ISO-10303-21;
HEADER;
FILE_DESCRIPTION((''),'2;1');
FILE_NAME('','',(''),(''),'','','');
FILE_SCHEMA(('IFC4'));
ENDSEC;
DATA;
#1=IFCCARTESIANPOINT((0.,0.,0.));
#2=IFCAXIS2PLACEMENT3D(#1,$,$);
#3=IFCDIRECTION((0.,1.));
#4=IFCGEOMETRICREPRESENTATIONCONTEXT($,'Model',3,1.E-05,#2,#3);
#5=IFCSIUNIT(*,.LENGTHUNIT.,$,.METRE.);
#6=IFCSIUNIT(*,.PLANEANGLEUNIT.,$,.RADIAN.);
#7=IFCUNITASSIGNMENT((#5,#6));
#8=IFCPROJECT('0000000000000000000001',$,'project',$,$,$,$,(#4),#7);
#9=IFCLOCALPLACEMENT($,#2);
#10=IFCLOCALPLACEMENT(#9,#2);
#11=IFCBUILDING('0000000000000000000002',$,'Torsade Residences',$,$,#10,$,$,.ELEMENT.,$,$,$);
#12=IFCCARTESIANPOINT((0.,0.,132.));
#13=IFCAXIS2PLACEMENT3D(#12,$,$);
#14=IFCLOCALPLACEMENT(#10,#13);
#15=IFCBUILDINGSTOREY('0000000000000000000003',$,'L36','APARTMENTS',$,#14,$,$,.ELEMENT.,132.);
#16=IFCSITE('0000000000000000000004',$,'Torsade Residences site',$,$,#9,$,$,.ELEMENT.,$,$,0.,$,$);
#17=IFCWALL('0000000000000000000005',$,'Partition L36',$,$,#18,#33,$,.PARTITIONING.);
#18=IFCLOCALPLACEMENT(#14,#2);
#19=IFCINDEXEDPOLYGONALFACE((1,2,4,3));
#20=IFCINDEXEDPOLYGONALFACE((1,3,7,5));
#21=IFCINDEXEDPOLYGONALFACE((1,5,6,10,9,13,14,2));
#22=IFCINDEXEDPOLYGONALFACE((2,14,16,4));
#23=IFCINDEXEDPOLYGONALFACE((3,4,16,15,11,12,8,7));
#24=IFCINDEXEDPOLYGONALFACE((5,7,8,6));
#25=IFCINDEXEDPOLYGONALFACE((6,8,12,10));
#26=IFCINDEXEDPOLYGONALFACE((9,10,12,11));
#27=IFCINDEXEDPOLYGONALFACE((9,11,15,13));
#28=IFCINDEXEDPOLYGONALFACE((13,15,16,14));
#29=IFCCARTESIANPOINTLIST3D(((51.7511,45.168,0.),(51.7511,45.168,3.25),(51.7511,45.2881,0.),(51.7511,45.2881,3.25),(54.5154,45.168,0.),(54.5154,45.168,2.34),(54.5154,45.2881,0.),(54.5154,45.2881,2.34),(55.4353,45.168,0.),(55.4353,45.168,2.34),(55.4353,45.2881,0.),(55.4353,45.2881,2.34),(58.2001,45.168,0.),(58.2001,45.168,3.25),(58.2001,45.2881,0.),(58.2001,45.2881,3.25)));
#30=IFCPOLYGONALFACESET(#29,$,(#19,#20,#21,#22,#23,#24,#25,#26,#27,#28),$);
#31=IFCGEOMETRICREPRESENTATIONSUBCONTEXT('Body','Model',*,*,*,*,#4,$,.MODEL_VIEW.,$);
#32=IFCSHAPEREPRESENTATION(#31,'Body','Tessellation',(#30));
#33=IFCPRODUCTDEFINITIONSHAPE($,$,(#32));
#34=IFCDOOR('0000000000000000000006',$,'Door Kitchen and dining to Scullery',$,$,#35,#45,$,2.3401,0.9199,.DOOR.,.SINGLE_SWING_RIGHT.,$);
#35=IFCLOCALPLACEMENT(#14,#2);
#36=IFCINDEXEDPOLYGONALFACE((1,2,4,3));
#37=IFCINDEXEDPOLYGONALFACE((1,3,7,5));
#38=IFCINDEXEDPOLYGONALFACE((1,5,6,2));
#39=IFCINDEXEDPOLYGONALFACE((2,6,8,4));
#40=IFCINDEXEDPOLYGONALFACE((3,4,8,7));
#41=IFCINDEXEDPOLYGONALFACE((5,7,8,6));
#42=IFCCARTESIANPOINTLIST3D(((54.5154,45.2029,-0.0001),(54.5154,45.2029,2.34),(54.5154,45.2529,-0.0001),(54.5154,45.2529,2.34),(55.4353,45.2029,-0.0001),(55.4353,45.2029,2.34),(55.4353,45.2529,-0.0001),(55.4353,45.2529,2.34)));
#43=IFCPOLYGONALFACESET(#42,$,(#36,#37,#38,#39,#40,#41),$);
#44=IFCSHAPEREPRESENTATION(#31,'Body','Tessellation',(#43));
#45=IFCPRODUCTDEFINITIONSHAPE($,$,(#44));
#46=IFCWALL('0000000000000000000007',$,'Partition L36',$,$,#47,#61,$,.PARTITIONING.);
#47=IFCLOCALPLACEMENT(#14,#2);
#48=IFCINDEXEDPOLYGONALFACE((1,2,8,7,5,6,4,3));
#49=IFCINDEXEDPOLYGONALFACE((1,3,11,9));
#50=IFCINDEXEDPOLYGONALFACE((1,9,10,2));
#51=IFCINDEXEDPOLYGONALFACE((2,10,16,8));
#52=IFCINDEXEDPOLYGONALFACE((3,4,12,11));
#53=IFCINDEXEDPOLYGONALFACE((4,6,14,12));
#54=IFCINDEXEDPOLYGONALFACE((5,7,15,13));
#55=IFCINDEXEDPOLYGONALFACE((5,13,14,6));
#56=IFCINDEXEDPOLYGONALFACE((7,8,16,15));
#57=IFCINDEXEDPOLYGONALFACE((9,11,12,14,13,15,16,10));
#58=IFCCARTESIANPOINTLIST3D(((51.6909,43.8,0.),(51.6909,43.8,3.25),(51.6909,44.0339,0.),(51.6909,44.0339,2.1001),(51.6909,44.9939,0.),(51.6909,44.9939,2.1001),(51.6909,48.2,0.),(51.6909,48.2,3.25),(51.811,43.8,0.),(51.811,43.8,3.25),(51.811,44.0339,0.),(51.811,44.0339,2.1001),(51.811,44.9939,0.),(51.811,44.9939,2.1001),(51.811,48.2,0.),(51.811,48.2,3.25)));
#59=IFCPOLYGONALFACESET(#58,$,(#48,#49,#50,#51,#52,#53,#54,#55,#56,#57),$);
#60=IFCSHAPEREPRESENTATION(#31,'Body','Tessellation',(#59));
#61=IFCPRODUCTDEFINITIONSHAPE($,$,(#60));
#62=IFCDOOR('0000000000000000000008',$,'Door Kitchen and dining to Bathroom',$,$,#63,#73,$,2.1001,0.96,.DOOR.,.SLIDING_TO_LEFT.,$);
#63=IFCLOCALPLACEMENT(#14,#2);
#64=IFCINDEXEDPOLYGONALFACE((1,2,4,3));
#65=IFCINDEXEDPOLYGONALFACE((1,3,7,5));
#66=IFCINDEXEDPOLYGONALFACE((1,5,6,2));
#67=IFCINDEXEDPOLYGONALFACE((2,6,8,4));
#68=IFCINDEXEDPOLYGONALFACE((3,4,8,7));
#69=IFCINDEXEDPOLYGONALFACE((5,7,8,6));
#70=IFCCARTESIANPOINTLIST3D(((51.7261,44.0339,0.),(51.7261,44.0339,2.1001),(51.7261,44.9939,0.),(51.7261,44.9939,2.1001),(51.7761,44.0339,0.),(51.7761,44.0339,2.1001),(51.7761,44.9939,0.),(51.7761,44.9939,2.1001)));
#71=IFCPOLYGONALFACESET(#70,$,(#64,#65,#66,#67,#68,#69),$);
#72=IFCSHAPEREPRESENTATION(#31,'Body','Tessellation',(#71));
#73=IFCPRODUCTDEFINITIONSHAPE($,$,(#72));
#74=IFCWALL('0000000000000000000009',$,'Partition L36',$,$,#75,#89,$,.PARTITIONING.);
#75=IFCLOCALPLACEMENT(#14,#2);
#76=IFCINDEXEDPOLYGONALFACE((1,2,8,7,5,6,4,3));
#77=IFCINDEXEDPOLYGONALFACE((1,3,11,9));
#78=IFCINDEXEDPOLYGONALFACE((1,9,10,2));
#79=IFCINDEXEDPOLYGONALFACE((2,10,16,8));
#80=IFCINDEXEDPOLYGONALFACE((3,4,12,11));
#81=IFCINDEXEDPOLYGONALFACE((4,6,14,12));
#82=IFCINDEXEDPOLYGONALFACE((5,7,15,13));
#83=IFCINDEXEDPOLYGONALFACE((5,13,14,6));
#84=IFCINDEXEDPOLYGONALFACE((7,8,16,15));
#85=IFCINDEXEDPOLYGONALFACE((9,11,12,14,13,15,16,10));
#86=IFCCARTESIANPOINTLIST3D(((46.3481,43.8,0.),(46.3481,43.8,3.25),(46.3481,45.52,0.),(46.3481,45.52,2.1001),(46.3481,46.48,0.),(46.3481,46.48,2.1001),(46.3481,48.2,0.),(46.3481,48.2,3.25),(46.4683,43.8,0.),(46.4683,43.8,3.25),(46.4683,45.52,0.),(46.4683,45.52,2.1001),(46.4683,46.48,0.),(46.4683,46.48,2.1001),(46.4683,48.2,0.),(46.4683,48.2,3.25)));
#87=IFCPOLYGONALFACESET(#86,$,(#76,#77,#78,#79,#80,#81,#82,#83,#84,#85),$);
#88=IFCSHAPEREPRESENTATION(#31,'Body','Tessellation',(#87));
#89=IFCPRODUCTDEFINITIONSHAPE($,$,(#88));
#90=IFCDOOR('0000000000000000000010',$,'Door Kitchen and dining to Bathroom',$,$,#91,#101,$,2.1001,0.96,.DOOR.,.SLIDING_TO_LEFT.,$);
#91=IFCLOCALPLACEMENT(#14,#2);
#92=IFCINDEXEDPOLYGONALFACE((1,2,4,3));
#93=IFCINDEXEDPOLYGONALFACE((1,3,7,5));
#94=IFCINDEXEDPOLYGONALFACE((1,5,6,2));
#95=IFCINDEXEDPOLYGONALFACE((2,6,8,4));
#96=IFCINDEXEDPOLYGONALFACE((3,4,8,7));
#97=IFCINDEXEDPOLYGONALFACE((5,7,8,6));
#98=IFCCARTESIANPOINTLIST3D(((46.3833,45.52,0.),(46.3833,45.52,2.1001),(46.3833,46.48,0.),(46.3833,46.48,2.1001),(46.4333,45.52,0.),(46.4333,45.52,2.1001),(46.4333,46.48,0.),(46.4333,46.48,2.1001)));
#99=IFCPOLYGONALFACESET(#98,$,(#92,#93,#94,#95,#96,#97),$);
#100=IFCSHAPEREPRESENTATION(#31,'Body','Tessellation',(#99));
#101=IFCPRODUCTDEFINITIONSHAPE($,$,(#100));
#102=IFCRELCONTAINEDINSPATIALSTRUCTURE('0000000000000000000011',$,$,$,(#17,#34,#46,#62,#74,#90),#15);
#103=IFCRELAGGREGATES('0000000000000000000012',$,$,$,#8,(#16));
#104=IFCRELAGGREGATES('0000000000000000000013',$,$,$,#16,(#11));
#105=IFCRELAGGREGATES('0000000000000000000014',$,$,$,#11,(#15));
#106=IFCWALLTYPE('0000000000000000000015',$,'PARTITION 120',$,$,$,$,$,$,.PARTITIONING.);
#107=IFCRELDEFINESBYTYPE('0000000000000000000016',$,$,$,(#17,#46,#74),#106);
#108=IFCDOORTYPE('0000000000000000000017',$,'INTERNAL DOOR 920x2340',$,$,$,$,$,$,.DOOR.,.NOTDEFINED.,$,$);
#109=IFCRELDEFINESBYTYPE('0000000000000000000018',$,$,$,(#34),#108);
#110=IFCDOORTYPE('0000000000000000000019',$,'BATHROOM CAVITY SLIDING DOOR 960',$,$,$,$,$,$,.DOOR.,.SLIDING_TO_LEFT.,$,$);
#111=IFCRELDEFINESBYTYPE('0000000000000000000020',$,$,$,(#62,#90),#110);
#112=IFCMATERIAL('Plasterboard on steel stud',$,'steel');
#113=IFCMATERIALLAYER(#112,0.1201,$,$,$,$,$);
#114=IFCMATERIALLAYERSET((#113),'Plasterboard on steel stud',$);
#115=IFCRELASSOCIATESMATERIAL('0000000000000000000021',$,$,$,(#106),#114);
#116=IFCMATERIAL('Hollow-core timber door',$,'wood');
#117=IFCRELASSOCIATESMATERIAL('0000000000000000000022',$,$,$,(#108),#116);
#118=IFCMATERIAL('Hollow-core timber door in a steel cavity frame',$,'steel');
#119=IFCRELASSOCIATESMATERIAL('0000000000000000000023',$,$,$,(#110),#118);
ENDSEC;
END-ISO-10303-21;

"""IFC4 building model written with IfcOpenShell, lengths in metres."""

from ifc_helpers import new_model, si_unit, direction, frame, frame_2d, origin, place, context, subcontext, project, spatial, rectangle, extrude, material, layer, layer_set, type_object, element, fill, save


model = new_model("IFC4")

# Units and contexts
model_context = context("Model", 3, precision=1e-05, world=origin(), true_north=direction((0.0, 1.0)))
body_context = subcontext(model_context, "Body", "Model", "MODEL_VIEW")
ifc_project = project(units=[si_unit("LENGTHUNIT", "METRE"), si_unit("PLANEANGLEUNIT", "RADIAN")], contexts=[model_context])

# Site, building, storey
site_placement = place(None, origin())
site = spatial("IfcSite", under=ifc_project, at=site_placement, Name="Torsade Residences site", CompositionType="ELEMENT", RefElevation=0.0)
building_placement = place(site_placement, origin())
building = spatial("IfcBuilding", under=site, at=building_placement, Name="Torsade Residences", CompositionType="ELEMENT")
storey_placement = place(building_placement, frame((0.0, 0.0, 132.0)))
storey = spatial("IfcBuildingStorey", under=building, at=storey_placement, Name="L36", Description="APARTMENTS", CompositionType="ELEMENT", Elevation=132.0)

# Walls, openings, doors
ifc_material_1 = material(Name="Plasterboard on steel stud", Category="steel")
ifc_layer_1 = layer(ifc_material_1, 0.1201)
ifc_layer_set_1 = layer_set([ifc_layer_1], Name="Plasterboard on steel stud")
wall_type_1 = type_object("IfcWallType", Name="PARTITION 120", PredefinedType="PARTITIONING", material=ifc_layer_set_1)
wall_1_placement = place(storey_placement, frame((51.751, 45.228, 0.0), z_axis=(0.0, 0.0, 1.0), x_axis=(1.0, 0.0, 0.0)))
wall_1 = element("IfcWall", 1, at=wall_1_placement, inside=storey, type_object=wall_type_1, Name="Partition L36", PredefinedType="PARTITIONING", context=body_context, shape_type="SweptSolid", body=[
    extrude(rectangle(XDim=6.449, YDim=0.1201, at=frame_2d((3.2246, 0.0))), origin(), (0.0, 0.0, 1.0), 3.25),
])
opening_1_placement = place(wall_1_placement, frame((2.7644, 0.0, 0.0)))
opening_1 = element("IfcOpeningElement", 2, at=opening_1_placement, cuts=wall_1, PredefinedType="OPENING", context=body_context, shape_type="SweptSolid", body=[
    extrude(rectangle(XDim=0.9199, YDim=2.3401, at=frame_2d((0.46, 1.1699))), frame((0.0, 0.0701, 0.0), z_axis=(0.0, -1.0, 0.0), x_axis=(1.0, 0.0, 0.0)), (0.0, 0.0, 1.0), 0.1401),
])
ifc_material_2 = material(Name="Hollow-core timber door", Category="wood")
door_type_1 = type_object("IfcDoorType", Name="INTERNAL DOOR 920x2340", OperationType="NOTDEFINED", PredefinedType="DOOR", material=ifc_material_2)
door_1_placement = place(opening_1_placement, origin())
door_1 = element("IfcDoor", 3, at=door_1_placement, inside=storey, type_object=door_type_1, Name="Door Kitchen and dining to Scullery", OperationType="SINGLE_SWING_RIGHT", OverallHeight=2.3401, OverallWidth=0.9199, PredefinedType="DOOR", context=body_context, shape_type="SweptSolid", body=[
    extrude(rectangle(XDim=0.9199, YDim=2.3401, at=frame_2d((0.46, 1.1699))), frame((0.0, 0.0249, 0.0), z_axis=(0.0, -1.0, 0.0), x_axis=(1.0, 0.0, 0.0)), (0.0, 0.0, 1.0), 0.05),
])
fill(opening_1, door_1)
wall_2_placement = place(storey_placement, frame((51.751, 43.8, 0.0), z_axis=(0.0, 0.0, 1.0), x_axis=(0.0, 1.0, 0.0)))
wall_2 = element("IfcWall", 4, at=wall_2_placement, inside=storey, type_object=wall_type_1, Name="Partition L36", PredefinedType="PARTITIONING", context=body_context, shape_type="SweptSolid", body=[
    extrude(rectangle(XDim=4.3999, YDim=0.1201, at=frame_2d((2.2, 0.0))), origin(), (0.0, 0.0, 1.0), 3.25),
])
opening_2_placement = place(wall_2_placement, frame((0.2339, 0.0, 0.0)))
opening_2 = element("IfcOpeningElement", 5, at=opening_2_placement, cuts=wall_2, PredefinedType="OPENING", context=body_context, shape_type="SweptSolid", body=[
    extrude(rectangle(XDim=0.96, YDim=2.1001, at=frame_2d((0.48, 1.05))), frame((0.0, 0.0701, 0.0), z_axis=(0.0, -1.0, 0.0), x_axis=(1.0, 0.0, 0.0)), (0.0, 0.0, 1.0), 0.1401),
])
ifc_material_3 = material(Name="Hollow-core timber door in a steel cavity frame", Category="steel")
door_type_2 = type_object("IfcDoorType", Name="BATHROOM CAVITY SLIDING DOOR 960", OperationType="SLIDING_TO_LEFT", PredefinedType="DOOR", material=ifc_material_3)
door_2_placement = place(opening_2_placement, origin())
door_2 = element("IfcDoor", 6, at=door_2_placement, inside=storey, type_object=door_type_2, Name="Door Kitchen and dining to Bathroom", OperationType="SLIDING_TO_LEFT", OverallHeight=2.1001, OverallWidth=0.96, PredefinedType="DOOR", context=body_context, shape_type="SweptSolid", body=[
    extrude(rectangle(XDim=0.96, YDim=2.1001, at=frame_2d((0.48, 1.05))), frame((0.0, 0.0249, 0.0), z_axis=(0.0, -1.0, 0.0), x_axis=(1.0, 0.0, 0.0)), (0.0, 0.0, 1.0), 0.05),
])
fill(opening_2, door_2)
wall_3_placement = place(storey_placement, frame((46.4082, 43.8, 0.0), z_axis=(0.0, 0.0, 1.0), x_axis=(0.0, 1.0, 0.0)))
wall_3 = element("IfcWall", 7, at=wall_3_placement, inside=storey, type_object=wall_type_1, Name="Partition L36", PredefinedType="PARTITIONING", context=body_context, shape_type="SweptSolid", body=[
    extrude(rectangle(XDim=4.3999, YDim=0.1201, at=frame_2d((2.2, 0.0))), origin(), (0.0, 0.0, 1.0), 3.25),
])
opening_3_placement = place(wall_3_placement, frame((1.72, 0.0, 0.0)))
opening_3 = element("IfcOpeningElement", 8, at=opening_3_placement, cuts=wall_3, PredefinedType="OPENING", context=body_context, shape_type="SweptSolid", body=[
    extrude(rectangle(XDim=0.96, YDim=2.1001, at=frame_2d((0.48, 1.05))), frame((0.0, 0.0701, 0.0), z_axis=(0.0, -1.0, 0.0), x_axis=(1.0, 0.0, 0.0)), (0.0, 0.0, 1.0), 0.1401),
])
door_3_placement = place(opening_3_placement, origin())
door_3 = element("IfcDoor", 9, at=door_3_placement, inside=storey, type_object=door_type_2, Name="Door Kitchen and dining to Bathroom", OperationType="SLIDING_TO_LEFT", OverallHeight=2.1001, OverallWidth=0.96, PredefinedType="DOOR", context=body_context, shape_type="SweptSolid", body=[
    extrude(rectangle(XDim=0.96, YDim=2.1001, at=frame_2d((0.48, 1.05))), frame((0.0, 0.0249, 0.0), z_axis=(0.0, -1.0, 0.0), x_axis=(1.0, 0.0, 0.0)), (0.0, 0.0, 1.0), 0.05),
])
fill(opening_3, door_3)

save(model, "model.ifc")
